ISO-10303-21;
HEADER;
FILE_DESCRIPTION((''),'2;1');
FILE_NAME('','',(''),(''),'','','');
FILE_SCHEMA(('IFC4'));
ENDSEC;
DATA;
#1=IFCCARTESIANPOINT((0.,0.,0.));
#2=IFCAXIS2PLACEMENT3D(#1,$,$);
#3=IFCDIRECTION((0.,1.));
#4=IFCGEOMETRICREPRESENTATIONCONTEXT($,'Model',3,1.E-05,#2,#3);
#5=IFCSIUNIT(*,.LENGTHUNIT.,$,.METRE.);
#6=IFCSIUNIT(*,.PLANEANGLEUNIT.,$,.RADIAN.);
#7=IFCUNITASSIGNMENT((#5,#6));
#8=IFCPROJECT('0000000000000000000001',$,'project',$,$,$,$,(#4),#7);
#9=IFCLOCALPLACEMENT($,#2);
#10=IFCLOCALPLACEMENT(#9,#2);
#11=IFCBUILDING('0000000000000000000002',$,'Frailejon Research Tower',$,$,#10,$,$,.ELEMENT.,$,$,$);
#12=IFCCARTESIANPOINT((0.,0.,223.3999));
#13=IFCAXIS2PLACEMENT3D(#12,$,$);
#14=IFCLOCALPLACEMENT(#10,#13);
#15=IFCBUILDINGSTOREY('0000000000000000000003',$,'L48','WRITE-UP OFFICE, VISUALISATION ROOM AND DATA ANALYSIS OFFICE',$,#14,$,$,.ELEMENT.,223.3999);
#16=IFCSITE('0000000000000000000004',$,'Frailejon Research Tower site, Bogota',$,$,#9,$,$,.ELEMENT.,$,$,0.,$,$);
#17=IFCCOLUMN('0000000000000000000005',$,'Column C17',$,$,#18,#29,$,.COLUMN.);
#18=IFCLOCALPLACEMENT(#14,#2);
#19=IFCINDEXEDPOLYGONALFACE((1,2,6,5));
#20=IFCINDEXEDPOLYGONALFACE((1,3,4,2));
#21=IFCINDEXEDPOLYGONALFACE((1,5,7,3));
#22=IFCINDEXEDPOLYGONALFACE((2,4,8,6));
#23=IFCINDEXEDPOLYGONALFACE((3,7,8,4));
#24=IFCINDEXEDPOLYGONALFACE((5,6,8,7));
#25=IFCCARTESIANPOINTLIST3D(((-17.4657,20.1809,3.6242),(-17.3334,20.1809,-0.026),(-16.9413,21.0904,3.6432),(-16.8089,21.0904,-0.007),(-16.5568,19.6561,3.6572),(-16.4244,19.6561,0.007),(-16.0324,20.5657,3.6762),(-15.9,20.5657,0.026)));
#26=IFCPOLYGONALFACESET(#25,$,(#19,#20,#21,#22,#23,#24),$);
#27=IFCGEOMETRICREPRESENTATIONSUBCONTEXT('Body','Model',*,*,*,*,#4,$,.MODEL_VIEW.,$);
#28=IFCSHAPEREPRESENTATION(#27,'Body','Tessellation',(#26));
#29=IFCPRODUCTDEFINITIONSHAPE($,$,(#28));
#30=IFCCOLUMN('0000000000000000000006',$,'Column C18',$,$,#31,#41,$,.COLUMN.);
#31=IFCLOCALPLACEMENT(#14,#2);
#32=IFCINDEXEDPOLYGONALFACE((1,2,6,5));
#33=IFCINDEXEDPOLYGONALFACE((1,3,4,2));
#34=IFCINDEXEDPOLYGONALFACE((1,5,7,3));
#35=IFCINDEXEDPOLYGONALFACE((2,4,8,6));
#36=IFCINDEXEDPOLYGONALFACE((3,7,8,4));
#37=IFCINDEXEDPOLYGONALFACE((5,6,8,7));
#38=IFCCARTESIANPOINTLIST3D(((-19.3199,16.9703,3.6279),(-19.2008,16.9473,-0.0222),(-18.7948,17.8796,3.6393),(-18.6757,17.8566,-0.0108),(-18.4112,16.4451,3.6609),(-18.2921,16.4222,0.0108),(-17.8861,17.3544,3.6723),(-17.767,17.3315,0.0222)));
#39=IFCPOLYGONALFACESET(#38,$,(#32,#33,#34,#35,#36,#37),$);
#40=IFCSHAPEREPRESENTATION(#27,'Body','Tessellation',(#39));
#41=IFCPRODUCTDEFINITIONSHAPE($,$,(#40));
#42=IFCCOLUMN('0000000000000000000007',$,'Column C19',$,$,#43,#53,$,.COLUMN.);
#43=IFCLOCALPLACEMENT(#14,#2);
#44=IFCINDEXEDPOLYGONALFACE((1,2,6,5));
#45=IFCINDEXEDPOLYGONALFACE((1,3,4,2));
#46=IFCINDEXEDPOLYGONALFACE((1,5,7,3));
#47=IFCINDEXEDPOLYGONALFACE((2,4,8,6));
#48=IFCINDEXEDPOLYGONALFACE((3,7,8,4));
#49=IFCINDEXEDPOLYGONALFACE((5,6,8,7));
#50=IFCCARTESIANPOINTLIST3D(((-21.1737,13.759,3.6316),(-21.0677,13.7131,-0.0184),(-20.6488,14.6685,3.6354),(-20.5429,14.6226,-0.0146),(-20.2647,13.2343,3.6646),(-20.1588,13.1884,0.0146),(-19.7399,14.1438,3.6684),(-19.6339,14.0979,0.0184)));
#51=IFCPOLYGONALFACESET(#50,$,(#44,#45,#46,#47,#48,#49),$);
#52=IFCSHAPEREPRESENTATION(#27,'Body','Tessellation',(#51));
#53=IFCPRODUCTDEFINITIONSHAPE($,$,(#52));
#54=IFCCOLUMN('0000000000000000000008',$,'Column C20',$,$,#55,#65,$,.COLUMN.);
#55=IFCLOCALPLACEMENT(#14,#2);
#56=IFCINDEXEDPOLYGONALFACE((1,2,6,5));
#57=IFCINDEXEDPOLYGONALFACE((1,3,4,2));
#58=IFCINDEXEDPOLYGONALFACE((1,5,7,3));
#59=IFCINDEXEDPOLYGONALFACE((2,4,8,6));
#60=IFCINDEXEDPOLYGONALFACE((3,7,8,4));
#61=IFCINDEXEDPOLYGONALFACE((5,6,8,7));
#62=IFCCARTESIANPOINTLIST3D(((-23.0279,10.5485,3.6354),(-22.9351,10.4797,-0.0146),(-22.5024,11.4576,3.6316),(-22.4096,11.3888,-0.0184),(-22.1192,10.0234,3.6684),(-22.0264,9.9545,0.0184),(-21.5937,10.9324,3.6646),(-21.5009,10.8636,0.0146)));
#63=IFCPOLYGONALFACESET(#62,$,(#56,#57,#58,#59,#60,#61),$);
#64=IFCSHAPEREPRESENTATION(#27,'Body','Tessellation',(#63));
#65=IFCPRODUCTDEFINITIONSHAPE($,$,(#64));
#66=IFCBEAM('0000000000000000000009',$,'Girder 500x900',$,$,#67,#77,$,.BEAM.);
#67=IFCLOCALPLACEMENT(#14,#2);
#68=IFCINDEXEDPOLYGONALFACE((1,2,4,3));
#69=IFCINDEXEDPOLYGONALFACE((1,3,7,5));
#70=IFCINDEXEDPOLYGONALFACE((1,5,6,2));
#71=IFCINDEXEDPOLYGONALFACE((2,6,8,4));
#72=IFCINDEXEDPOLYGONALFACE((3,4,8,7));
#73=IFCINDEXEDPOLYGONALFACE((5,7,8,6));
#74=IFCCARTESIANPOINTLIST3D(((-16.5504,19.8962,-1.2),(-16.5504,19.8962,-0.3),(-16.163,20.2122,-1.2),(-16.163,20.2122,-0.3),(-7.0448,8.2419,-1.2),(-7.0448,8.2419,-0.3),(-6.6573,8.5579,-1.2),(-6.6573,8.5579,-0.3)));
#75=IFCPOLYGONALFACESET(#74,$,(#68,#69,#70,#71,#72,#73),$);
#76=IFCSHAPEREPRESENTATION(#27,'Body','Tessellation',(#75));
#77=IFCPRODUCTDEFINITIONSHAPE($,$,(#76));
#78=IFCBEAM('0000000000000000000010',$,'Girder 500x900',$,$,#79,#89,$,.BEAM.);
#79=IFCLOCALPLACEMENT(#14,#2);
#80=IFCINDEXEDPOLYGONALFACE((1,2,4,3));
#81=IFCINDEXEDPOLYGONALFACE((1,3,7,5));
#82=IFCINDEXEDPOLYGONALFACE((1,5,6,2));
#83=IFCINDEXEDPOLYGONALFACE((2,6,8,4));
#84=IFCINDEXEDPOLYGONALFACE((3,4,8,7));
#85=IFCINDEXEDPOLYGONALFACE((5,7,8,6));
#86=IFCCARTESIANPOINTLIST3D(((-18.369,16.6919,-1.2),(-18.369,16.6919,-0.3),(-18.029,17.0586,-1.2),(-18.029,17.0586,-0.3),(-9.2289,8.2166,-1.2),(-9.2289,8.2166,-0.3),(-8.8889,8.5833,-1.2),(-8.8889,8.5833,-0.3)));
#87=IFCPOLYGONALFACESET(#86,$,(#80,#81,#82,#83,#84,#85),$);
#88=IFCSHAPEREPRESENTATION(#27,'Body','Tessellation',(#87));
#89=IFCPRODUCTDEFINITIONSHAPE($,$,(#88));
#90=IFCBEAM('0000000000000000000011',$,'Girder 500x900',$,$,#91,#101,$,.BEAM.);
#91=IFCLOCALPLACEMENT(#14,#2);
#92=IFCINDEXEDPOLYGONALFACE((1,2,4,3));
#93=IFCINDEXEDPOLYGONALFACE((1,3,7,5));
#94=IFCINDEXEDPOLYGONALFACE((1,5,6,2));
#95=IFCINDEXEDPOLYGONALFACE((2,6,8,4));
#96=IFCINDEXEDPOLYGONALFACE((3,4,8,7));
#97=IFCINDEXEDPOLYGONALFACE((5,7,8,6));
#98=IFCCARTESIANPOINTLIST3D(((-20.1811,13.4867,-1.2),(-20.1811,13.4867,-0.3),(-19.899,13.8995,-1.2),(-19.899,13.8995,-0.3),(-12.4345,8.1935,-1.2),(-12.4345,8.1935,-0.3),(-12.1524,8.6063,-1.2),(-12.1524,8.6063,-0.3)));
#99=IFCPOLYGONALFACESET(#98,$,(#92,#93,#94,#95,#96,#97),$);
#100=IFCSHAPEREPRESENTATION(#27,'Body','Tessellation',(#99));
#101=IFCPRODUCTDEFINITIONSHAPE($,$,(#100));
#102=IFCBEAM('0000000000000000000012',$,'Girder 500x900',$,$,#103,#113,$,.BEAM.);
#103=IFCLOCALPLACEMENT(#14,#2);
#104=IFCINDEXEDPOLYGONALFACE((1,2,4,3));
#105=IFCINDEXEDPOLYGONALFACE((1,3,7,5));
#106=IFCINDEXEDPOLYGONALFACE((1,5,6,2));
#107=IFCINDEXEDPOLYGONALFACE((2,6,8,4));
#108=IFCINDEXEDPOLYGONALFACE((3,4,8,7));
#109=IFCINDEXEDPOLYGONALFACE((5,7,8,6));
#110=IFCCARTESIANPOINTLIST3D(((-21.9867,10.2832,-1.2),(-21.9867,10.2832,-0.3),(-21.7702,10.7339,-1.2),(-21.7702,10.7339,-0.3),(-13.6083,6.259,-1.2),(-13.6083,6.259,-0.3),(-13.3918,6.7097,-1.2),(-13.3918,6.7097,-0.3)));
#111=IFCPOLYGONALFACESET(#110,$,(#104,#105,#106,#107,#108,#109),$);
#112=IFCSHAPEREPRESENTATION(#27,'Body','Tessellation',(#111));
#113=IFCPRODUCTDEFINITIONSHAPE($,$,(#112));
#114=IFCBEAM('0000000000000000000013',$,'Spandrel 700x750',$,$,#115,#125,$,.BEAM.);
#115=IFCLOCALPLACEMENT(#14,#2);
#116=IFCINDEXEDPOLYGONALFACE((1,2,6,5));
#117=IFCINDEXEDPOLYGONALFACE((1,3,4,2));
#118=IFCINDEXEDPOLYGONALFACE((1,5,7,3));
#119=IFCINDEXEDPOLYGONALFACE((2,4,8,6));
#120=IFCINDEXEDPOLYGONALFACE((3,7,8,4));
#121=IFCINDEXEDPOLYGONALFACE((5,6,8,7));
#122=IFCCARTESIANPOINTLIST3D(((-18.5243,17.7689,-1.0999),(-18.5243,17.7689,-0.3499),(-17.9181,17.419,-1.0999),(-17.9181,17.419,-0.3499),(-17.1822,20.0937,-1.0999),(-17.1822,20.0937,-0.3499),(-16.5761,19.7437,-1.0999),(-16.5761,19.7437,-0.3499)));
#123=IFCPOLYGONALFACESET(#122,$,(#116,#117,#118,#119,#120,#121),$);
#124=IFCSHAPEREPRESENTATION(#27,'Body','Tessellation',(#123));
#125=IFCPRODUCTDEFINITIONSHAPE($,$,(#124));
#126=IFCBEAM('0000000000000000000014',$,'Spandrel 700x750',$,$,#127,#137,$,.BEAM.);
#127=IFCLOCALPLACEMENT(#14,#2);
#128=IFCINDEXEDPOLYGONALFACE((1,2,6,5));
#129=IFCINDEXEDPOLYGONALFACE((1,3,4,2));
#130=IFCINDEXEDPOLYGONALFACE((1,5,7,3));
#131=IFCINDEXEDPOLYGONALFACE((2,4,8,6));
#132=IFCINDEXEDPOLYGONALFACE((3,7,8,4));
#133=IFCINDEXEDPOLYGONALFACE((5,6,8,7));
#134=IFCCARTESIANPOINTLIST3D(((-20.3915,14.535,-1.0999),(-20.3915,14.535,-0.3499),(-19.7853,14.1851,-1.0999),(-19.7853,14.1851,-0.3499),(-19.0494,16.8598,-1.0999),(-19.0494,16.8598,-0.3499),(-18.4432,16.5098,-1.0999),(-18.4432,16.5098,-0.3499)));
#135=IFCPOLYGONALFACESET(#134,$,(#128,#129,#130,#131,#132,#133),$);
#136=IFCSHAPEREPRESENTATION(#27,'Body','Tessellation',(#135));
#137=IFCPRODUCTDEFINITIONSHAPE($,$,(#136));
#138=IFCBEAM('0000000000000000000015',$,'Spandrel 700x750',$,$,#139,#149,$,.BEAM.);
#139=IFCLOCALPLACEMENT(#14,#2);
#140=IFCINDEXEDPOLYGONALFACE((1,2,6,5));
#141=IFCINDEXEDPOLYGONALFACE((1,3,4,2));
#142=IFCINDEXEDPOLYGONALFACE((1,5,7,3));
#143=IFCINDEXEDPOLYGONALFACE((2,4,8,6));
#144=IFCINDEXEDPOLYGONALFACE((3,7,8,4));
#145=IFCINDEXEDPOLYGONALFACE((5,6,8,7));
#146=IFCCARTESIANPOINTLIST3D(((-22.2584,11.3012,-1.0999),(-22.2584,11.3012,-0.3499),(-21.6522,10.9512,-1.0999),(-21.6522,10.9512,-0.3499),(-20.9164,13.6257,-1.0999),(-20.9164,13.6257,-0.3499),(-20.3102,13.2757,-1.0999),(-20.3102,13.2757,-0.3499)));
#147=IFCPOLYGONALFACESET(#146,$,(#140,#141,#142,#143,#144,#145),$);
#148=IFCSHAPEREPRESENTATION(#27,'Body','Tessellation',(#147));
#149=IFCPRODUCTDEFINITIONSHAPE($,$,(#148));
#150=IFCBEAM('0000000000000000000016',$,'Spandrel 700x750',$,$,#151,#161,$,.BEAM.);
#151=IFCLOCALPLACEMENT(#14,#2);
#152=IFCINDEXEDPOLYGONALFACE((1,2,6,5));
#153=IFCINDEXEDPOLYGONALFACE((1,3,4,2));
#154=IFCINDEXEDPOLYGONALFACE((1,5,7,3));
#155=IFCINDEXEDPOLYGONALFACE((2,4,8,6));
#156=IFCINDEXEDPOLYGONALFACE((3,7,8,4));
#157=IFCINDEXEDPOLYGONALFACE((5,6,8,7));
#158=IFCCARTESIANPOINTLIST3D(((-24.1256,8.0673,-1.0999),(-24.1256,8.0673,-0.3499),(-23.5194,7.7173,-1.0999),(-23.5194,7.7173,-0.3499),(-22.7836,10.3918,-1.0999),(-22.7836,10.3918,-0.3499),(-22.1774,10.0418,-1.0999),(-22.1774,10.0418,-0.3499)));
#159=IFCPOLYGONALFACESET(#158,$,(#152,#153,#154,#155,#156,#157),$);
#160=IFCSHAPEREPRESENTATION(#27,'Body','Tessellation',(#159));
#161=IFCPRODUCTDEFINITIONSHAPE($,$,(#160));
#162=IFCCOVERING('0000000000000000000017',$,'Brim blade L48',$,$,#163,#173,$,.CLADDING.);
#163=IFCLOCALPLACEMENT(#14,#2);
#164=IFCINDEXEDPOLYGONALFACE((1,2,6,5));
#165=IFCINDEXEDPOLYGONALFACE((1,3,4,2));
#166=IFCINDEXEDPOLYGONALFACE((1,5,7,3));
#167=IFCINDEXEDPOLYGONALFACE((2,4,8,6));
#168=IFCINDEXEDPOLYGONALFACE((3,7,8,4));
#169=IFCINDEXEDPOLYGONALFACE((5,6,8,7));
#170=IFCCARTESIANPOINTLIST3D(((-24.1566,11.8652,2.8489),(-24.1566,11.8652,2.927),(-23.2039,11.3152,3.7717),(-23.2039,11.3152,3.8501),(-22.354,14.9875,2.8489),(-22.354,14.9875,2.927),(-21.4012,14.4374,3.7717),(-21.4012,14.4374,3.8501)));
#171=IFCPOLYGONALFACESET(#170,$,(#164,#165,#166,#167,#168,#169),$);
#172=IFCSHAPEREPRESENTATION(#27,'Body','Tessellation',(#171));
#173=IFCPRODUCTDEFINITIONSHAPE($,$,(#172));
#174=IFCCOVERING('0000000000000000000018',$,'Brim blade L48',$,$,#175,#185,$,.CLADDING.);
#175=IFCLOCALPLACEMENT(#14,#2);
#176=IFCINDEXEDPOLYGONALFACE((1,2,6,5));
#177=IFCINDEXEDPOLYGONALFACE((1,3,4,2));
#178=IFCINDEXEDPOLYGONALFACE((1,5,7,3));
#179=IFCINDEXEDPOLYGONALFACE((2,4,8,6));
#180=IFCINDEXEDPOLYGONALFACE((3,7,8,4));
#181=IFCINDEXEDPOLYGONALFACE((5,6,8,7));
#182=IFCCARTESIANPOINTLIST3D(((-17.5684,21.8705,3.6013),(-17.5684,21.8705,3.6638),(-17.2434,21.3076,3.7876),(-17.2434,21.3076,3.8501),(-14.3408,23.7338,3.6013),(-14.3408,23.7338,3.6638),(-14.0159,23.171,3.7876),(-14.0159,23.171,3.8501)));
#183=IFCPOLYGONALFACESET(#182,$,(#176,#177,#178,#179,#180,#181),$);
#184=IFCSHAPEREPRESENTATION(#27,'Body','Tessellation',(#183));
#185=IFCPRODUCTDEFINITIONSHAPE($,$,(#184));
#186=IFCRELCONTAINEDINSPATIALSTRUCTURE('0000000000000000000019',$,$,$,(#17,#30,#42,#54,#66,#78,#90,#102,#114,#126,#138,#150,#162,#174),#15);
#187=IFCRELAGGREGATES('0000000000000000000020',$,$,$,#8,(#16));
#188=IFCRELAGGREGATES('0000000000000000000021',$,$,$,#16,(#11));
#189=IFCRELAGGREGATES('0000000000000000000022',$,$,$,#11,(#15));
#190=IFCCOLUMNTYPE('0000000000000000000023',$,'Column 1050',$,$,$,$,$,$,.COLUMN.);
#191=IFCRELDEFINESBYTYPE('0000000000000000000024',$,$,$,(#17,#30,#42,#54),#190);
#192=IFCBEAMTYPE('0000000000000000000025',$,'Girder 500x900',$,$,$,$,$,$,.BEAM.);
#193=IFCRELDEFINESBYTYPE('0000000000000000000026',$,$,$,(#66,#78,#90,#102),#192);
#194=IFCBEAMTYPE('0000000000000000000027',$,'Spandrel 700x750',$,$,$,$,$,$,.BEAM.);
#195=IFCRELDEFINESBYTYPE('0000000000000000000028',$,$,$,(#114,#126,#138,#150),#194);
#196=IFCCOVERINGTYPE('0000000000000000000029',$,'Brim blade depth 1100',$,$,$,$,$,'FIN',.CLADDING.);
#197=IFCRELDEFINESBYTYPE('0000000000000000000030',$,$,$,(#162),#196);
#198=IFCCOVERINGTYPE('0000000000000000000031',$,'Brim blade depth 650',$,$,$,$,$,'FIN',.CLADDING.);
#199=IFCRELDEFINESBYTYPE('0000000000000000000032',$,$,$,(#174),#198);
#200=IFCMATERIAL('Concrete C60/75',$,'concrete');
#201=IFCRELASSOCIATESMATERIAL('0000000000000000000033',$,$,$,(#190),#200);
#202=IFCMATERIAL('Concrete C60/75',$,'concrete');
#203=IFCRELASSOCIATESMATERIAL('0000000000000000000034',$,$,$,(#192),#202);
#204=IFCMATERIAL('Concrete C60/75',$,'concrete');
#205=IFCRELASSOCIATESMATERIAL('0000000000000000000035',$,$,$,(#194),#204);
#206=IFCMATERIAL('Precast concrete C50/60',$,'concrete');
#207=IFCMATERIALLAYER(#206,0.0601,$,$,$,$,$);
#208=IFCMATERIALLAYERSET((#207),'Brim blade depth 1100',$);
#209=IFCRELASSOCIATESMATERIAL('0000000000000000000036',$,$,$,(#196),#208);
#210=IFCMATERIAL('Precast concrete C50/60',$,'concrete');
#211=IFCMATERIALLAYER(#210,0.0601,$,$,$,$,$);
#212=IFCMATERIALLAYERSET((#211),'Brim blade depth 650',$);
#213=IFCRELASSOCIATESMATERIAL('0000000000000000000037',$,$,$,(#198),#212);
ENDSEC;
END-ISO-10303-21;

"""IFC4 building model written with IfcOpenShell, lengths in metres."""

from ifc_helpers import new_model, si_unit, direction, frame, origin, origin_2d, place, context, subcontext, project, spatial, polyline, rectangle, outline, extrude, material, layer, layer_set, material_profile, profile_set, type_object, element, save


model = new_model("IFC4")

# Units and contexts
model_context = context("Model", 3, precision=1e-05, world=origin(), true_north=direction((0.0, 1.0)))
body_context = subcontext(model_context, "Body", "Model", "MODEL_VIEW")
ifc_project = project(units=[si_unit("LENGTHUNIT", "METRE"), si_unit("PLANEANGLEUNIT", "RADIAN")], contexts=[model_context])

# Site, building, storey
site_placement = place(None, origin())
site = spatial("IfcSite", under=ifc_project, at=site_placement, Name="Frailejon Research Tower site, Bogota", CompositionType="ELEMENT", RefElevation=0.0)
building_placement = place(site_placement, origin())
building = spatial("IfcBuilding", under=site, at=building_placement, Name="Frailejon Research Tower", CompositionType="ELEMENT")
storey_placement = place(building_placement, frame((0.0, 0.0, 223.3999)))
storey = spatial("IfcBuildingStorey", under=building, at=storey_placement, Name="L48", Description="WRITE-UP OFFICE, VISUALISATION ROOM AND DATA ANALYSIS OFFICE", CompositionType="ELEMENT", Elevation=223.3999)

# Columns
ifc_material_1 = material(Name="Concrete C60/75", Category="concrete")
ifc_material_profile_1 = material_profile(ifc_material_1, rectangle(XDim=1.05, YDim=1.05, at=origin_2d()), Name="Column 1050")
ifc_profile_set_1 = profile_set([ifc_material_profile_1], Name="Concrete C60/75")
column_type = type_object("IfcColumnType", Name="Column 1050", PredefinedType="COLUMN", material=ifc_profile_set_1)
column_1_placement = place(storey_placement, frame((-16.6167, 20.3733, 0.0), z_axis=(-0.036228, 0.0, 0.999344), x_axis=(-0.499426, -0.866168, -0.018105)))
element("IfcColumn", 1, at=column_1_placement, inside=storey, type_object=column_type, Name="Column C17", PredefinedType="COLUMN", context=body_context, shape_type="SweptSolid", body=[
    extrude(rectangle(XDim=1.05, YDim=1.05, at=origin_2d()), origin(), (0.0, 0.0, 1.0), 3.6526),
])
column_2_placement = place(storey_placement, frame((-18.4839, 17.1394, 0.0), z_axis=(-0.032622, 0.006284, 0.999448), x_axis=(-0.500036, -0.865936, -0.010877)))
element("IfcColumn", 2, at=column_2_placement, inside=storey, type_object=column_type, Name="Column C18", PredefinedType="COLUMN", context=body_context, shape_type="SweptSolid", body=[
    extrude(rectangle(XDim=1.05, YDim=1.05, at=origin_2d()), origin(), (0.0, 0.0, 1.0), 3.6521),
])
for number, where, z_axis, x_axis, name in (
    (3, (-20.3508, 13.9055, 0.0), (-0.029014, 0.012568, 0.9995), (-0.499849, -0.866105, -0.003619), "Column C19"),
    (4, (-22.218, 10.6716, 0.0), (-0.025404, 0.018852, 0.9995), (-0.500492, -0.865734, 0.003608), "Column C20"),
):
    element("IfcColumn", number, at=place(storey_placement, frame(where, z_axis=z_axis, x_axis=x_axis)), inside=storey, type_object=column_type, Name=name, PredefinedType="COLUMN", context=body_context, shape_type="SweptSolid", body=[
        extrude(rectangle(XDim=1.05, YDim=1.05, at=origin_2d()), origin(), (0.0, 0.0, 1.0), 3.6519),
    ])

# Beams
ifc_material_2 = material(Name="Concrete C60/75", Category="concrete")
ifc_material_profile_2 = material_profile(ifc_material_2, rectangle(XDim=0.5, YDim=0.8999, at=origin_2d()), Name="Girder 500x900")
ifc_profile_set_2 = profile_set([ifc_material_profile_2], Name="Concrete C60/75")
beam_type_1 = type_object("IfcBeamType", Name="Girder 500x900", PredefinedType="BEAM", material=ifc_profile_set_2)
beam_1_placement = place(storey_placement, frame((-16.3567, 20.0542, -0.75), z_axis=(0.632053, -0.774925, 0.0), x_axis=(0.774925, 0.632053, 0.0)))
element("IfcBeam", 5, at=beam_1_placement, inside=storey, type_object=beam_type_1, Name="Girder 500x900", PredefinedType="BEAM", context=body_context, shape_type="SweptSolid", body=[
    extrude(rectangle(XDim=0.5, YDim=0.8999, at=origin_2d()), origin(), (0.0, 0.0, 1.0), 15.0393),
])
beam_2_placement = place(storey_placement, frame((-18.199, 16.8752, -0.75), z_axis=(0.73327, -0.679937, 0.0), x_axis=(0.679937, 0.73327, 0.0)))
element("IfcBeam", 6, at=beam_2_placement, inside=storey, type_object=beam_type_1, Name="Girder 500x900", PredefinedType="BEAM", context=body_context, shape_type="SweptSolid", body=[
    extrude(rectangle(XDim=0.5, YDim=0.8999, at=origin_2d()), origin(), (0.0, 0.0, 1.0), 12.4648),
])
beam_3_placement = place(storey_placement, frame((-20.04, 13.6931, -0.75), z_axis=(0.825659, -0.56417, 0.0), x_axis=(0.56417, 0.825659, 0.0)))
element("IfcBeam", 7, at=beam_3_placement, inside=storey, type_object=beam_type_1, Name="Girder 500x900", PredefinedType="BEAM", context=body_context, shape_type="SweptSolid", body=[
    extrude(rectangle(XDim=0.5, YDim=0.8999, at=origin_2d()), origin(), (0.0, 0.0, 1.0), 9.3823),
])
beam_4_placement = place(storey_placement, frame((-21.8784, 10.5085, -0.75), z_axis=(0.901417, -0.432952, 0.0), x_axis=(0.432952, 0.901417, 0.0)))
element("IfcBeam", 8, at=beam_4_placement, inside=storey, type_object=beam_type_1, Name="Girder 500x900", PredefinedType="BEAM", context=body_context, shape_type="SweptSolid", body=[
    extrude(rectangle(XDim=0.5, YDim=0.8999, at=origin_2d()), origin(), (0.0, 0.0, 1.0), 9.2947),
])
ifc_material_3 = material(Name="Concrete C60/75", Category="concrete")
ifc_material_profile_3 = material_profile(ifc_material_3, rectangle(XDim=0.7, YDim=0.75, at=origin_2d()), Name="Spandrel 700x750")
ifc_profile_set_3 = profile_set([ifc_material_profile_3], Name="Concrete C60/75")
beam_type_2 = type_object("IfcBeamType", Name="Spandrel 700x750", PredefinedType="BEAM", material=ifc_profile_set_3)
for number, where, z_axis, x_axis, name in (
    (9, (-16.8792, 19.9187, -0.7249), (-0.499964, -0.866046, 0.0), (0.866046, -0.499964, 0.0), "Spandrel 700x750"),
    (10, (-18.7463, 16.6848, -0.7249), (-0.499964, -0.866046, 0.0), (0.866046, -0.499964, 0.0), "Spandrel 700x750"),
):
    element("IfcBeam", number, at=place(storey_placement, frame(where, z_axis=z_axis, x_axis=x_axis)), inside=storey, type_object=beam_type_2, Name=name, PredefinedType="BEAM", context=body_context, shape_type="SweptSolid", body=[
        extrude(rectangle(XDim=0.7, YDim=0.75, at=origin_2d()), origin(), (0.0, 0.0, 1.0), 2.6843),
    ])
for number, where, z_axis, x_axis, name in (
    (11, (-20.6133, 13.4507, -0.7249), (-0.500003, -0.866024, 0.0), (0.866024, -0.500003, 0.0), "Spandrel 700x750"),
    (12, (-22.4805, 10.2168, -0.7249), (-0.500003, -0.866024, 0.0), (0.866024, -0.500003, 0.0), "Spandrel 700x750"),
):
    element("IfcBeam", number, at=place(storey_placement, frame(where, z_axis=z_axis, x_axis=x_axis)), inside=storey, type_object=beam_type_2, Name=name, PredefinedType="BEAM", context=body_context, shape_type="SweptSolid", body=[
        extrude(rectangle(XDim=0.7, YDim=0.75, at=origin_2d()), origin(), (0.0, 0.0, 1.0), 2.6841),
    ])

# Coverings
ifc_material_4 = material(Name="Precast concrete C50/60", Category="concrete")
ifc_layer_1 = layer(ifc_material_4, 0.0601)
ifc_layer_set_1 = layer_set([ifc_layer_1], Name="Brim blade depth 1100")
covering_type_1 = type_object("IfcCoveringType", Name="Brim blade depth 1100", ElementType="FIN", PredefinedType="CLADDING", material=ifc_layer_set_1)
covering_1_placement = place(storey_placement, frame((-23.2039, 11.3152, 3.8501), z_axis=(0.5, 0.866026, 0.0), x_axis=(-0.866026, 0.5, 0.0)))
element("IfcCovering", 13, at=covering_1_placement, inside=storey, type_object=covering_type_1, Name="Brim blade L48", PredefinedType="CLADDING", context=body_context, shape_type="SweptSolid", body=[
    extrude(outline(polyline([(0.0, -0.0784), (1.1001, -1.0012), (1.1001, -0.9231), (0.0, 0.0), (0.0, -0.0784)])), origin(), (0.0, 0.0, 1.0), 3.6052),
])
ifc_material_5 = material(Name="Precast concrete C50/60", Category="concrete")
ifc_layer_2 = layer(ifc_material_5, 0.0601)
ifc_layer_set_2 = layer_set([ifc_layer_2], Name="Brim blade depth 650")
covering_type_2 = type_object("IfcCoveringType", Name="Brim blade depth 650", ElementType="FIN", PredefinedType="CLADDING", material=ifc_layer_set_2)
covering_2_placement = place(storey_placement, frame((-17.2434, 21.3076, 3.8501), z_axis=(0.86603, 0.499992, 0.0), x_axis=(-0.499992, 0.86603, 0.0)))
element("IfcCovering", 14, at=covering_2_placement, inside=storey, type_object=covering_type_2, Name="Brim blade L48", PredefinedType="CLADDING", context=body_context, shape_type="SweptSolid", body=[
    extrude(outline(polyline([(0.0, -0.0625), (0.6499, -0.2488), (0.6499, -0.1863), (0.0, 0.0), (0.0, -0.0625)])), origin(), (0.0, 0.0, 1.0), 3.7268),
])

save(model, "model.ifc")
